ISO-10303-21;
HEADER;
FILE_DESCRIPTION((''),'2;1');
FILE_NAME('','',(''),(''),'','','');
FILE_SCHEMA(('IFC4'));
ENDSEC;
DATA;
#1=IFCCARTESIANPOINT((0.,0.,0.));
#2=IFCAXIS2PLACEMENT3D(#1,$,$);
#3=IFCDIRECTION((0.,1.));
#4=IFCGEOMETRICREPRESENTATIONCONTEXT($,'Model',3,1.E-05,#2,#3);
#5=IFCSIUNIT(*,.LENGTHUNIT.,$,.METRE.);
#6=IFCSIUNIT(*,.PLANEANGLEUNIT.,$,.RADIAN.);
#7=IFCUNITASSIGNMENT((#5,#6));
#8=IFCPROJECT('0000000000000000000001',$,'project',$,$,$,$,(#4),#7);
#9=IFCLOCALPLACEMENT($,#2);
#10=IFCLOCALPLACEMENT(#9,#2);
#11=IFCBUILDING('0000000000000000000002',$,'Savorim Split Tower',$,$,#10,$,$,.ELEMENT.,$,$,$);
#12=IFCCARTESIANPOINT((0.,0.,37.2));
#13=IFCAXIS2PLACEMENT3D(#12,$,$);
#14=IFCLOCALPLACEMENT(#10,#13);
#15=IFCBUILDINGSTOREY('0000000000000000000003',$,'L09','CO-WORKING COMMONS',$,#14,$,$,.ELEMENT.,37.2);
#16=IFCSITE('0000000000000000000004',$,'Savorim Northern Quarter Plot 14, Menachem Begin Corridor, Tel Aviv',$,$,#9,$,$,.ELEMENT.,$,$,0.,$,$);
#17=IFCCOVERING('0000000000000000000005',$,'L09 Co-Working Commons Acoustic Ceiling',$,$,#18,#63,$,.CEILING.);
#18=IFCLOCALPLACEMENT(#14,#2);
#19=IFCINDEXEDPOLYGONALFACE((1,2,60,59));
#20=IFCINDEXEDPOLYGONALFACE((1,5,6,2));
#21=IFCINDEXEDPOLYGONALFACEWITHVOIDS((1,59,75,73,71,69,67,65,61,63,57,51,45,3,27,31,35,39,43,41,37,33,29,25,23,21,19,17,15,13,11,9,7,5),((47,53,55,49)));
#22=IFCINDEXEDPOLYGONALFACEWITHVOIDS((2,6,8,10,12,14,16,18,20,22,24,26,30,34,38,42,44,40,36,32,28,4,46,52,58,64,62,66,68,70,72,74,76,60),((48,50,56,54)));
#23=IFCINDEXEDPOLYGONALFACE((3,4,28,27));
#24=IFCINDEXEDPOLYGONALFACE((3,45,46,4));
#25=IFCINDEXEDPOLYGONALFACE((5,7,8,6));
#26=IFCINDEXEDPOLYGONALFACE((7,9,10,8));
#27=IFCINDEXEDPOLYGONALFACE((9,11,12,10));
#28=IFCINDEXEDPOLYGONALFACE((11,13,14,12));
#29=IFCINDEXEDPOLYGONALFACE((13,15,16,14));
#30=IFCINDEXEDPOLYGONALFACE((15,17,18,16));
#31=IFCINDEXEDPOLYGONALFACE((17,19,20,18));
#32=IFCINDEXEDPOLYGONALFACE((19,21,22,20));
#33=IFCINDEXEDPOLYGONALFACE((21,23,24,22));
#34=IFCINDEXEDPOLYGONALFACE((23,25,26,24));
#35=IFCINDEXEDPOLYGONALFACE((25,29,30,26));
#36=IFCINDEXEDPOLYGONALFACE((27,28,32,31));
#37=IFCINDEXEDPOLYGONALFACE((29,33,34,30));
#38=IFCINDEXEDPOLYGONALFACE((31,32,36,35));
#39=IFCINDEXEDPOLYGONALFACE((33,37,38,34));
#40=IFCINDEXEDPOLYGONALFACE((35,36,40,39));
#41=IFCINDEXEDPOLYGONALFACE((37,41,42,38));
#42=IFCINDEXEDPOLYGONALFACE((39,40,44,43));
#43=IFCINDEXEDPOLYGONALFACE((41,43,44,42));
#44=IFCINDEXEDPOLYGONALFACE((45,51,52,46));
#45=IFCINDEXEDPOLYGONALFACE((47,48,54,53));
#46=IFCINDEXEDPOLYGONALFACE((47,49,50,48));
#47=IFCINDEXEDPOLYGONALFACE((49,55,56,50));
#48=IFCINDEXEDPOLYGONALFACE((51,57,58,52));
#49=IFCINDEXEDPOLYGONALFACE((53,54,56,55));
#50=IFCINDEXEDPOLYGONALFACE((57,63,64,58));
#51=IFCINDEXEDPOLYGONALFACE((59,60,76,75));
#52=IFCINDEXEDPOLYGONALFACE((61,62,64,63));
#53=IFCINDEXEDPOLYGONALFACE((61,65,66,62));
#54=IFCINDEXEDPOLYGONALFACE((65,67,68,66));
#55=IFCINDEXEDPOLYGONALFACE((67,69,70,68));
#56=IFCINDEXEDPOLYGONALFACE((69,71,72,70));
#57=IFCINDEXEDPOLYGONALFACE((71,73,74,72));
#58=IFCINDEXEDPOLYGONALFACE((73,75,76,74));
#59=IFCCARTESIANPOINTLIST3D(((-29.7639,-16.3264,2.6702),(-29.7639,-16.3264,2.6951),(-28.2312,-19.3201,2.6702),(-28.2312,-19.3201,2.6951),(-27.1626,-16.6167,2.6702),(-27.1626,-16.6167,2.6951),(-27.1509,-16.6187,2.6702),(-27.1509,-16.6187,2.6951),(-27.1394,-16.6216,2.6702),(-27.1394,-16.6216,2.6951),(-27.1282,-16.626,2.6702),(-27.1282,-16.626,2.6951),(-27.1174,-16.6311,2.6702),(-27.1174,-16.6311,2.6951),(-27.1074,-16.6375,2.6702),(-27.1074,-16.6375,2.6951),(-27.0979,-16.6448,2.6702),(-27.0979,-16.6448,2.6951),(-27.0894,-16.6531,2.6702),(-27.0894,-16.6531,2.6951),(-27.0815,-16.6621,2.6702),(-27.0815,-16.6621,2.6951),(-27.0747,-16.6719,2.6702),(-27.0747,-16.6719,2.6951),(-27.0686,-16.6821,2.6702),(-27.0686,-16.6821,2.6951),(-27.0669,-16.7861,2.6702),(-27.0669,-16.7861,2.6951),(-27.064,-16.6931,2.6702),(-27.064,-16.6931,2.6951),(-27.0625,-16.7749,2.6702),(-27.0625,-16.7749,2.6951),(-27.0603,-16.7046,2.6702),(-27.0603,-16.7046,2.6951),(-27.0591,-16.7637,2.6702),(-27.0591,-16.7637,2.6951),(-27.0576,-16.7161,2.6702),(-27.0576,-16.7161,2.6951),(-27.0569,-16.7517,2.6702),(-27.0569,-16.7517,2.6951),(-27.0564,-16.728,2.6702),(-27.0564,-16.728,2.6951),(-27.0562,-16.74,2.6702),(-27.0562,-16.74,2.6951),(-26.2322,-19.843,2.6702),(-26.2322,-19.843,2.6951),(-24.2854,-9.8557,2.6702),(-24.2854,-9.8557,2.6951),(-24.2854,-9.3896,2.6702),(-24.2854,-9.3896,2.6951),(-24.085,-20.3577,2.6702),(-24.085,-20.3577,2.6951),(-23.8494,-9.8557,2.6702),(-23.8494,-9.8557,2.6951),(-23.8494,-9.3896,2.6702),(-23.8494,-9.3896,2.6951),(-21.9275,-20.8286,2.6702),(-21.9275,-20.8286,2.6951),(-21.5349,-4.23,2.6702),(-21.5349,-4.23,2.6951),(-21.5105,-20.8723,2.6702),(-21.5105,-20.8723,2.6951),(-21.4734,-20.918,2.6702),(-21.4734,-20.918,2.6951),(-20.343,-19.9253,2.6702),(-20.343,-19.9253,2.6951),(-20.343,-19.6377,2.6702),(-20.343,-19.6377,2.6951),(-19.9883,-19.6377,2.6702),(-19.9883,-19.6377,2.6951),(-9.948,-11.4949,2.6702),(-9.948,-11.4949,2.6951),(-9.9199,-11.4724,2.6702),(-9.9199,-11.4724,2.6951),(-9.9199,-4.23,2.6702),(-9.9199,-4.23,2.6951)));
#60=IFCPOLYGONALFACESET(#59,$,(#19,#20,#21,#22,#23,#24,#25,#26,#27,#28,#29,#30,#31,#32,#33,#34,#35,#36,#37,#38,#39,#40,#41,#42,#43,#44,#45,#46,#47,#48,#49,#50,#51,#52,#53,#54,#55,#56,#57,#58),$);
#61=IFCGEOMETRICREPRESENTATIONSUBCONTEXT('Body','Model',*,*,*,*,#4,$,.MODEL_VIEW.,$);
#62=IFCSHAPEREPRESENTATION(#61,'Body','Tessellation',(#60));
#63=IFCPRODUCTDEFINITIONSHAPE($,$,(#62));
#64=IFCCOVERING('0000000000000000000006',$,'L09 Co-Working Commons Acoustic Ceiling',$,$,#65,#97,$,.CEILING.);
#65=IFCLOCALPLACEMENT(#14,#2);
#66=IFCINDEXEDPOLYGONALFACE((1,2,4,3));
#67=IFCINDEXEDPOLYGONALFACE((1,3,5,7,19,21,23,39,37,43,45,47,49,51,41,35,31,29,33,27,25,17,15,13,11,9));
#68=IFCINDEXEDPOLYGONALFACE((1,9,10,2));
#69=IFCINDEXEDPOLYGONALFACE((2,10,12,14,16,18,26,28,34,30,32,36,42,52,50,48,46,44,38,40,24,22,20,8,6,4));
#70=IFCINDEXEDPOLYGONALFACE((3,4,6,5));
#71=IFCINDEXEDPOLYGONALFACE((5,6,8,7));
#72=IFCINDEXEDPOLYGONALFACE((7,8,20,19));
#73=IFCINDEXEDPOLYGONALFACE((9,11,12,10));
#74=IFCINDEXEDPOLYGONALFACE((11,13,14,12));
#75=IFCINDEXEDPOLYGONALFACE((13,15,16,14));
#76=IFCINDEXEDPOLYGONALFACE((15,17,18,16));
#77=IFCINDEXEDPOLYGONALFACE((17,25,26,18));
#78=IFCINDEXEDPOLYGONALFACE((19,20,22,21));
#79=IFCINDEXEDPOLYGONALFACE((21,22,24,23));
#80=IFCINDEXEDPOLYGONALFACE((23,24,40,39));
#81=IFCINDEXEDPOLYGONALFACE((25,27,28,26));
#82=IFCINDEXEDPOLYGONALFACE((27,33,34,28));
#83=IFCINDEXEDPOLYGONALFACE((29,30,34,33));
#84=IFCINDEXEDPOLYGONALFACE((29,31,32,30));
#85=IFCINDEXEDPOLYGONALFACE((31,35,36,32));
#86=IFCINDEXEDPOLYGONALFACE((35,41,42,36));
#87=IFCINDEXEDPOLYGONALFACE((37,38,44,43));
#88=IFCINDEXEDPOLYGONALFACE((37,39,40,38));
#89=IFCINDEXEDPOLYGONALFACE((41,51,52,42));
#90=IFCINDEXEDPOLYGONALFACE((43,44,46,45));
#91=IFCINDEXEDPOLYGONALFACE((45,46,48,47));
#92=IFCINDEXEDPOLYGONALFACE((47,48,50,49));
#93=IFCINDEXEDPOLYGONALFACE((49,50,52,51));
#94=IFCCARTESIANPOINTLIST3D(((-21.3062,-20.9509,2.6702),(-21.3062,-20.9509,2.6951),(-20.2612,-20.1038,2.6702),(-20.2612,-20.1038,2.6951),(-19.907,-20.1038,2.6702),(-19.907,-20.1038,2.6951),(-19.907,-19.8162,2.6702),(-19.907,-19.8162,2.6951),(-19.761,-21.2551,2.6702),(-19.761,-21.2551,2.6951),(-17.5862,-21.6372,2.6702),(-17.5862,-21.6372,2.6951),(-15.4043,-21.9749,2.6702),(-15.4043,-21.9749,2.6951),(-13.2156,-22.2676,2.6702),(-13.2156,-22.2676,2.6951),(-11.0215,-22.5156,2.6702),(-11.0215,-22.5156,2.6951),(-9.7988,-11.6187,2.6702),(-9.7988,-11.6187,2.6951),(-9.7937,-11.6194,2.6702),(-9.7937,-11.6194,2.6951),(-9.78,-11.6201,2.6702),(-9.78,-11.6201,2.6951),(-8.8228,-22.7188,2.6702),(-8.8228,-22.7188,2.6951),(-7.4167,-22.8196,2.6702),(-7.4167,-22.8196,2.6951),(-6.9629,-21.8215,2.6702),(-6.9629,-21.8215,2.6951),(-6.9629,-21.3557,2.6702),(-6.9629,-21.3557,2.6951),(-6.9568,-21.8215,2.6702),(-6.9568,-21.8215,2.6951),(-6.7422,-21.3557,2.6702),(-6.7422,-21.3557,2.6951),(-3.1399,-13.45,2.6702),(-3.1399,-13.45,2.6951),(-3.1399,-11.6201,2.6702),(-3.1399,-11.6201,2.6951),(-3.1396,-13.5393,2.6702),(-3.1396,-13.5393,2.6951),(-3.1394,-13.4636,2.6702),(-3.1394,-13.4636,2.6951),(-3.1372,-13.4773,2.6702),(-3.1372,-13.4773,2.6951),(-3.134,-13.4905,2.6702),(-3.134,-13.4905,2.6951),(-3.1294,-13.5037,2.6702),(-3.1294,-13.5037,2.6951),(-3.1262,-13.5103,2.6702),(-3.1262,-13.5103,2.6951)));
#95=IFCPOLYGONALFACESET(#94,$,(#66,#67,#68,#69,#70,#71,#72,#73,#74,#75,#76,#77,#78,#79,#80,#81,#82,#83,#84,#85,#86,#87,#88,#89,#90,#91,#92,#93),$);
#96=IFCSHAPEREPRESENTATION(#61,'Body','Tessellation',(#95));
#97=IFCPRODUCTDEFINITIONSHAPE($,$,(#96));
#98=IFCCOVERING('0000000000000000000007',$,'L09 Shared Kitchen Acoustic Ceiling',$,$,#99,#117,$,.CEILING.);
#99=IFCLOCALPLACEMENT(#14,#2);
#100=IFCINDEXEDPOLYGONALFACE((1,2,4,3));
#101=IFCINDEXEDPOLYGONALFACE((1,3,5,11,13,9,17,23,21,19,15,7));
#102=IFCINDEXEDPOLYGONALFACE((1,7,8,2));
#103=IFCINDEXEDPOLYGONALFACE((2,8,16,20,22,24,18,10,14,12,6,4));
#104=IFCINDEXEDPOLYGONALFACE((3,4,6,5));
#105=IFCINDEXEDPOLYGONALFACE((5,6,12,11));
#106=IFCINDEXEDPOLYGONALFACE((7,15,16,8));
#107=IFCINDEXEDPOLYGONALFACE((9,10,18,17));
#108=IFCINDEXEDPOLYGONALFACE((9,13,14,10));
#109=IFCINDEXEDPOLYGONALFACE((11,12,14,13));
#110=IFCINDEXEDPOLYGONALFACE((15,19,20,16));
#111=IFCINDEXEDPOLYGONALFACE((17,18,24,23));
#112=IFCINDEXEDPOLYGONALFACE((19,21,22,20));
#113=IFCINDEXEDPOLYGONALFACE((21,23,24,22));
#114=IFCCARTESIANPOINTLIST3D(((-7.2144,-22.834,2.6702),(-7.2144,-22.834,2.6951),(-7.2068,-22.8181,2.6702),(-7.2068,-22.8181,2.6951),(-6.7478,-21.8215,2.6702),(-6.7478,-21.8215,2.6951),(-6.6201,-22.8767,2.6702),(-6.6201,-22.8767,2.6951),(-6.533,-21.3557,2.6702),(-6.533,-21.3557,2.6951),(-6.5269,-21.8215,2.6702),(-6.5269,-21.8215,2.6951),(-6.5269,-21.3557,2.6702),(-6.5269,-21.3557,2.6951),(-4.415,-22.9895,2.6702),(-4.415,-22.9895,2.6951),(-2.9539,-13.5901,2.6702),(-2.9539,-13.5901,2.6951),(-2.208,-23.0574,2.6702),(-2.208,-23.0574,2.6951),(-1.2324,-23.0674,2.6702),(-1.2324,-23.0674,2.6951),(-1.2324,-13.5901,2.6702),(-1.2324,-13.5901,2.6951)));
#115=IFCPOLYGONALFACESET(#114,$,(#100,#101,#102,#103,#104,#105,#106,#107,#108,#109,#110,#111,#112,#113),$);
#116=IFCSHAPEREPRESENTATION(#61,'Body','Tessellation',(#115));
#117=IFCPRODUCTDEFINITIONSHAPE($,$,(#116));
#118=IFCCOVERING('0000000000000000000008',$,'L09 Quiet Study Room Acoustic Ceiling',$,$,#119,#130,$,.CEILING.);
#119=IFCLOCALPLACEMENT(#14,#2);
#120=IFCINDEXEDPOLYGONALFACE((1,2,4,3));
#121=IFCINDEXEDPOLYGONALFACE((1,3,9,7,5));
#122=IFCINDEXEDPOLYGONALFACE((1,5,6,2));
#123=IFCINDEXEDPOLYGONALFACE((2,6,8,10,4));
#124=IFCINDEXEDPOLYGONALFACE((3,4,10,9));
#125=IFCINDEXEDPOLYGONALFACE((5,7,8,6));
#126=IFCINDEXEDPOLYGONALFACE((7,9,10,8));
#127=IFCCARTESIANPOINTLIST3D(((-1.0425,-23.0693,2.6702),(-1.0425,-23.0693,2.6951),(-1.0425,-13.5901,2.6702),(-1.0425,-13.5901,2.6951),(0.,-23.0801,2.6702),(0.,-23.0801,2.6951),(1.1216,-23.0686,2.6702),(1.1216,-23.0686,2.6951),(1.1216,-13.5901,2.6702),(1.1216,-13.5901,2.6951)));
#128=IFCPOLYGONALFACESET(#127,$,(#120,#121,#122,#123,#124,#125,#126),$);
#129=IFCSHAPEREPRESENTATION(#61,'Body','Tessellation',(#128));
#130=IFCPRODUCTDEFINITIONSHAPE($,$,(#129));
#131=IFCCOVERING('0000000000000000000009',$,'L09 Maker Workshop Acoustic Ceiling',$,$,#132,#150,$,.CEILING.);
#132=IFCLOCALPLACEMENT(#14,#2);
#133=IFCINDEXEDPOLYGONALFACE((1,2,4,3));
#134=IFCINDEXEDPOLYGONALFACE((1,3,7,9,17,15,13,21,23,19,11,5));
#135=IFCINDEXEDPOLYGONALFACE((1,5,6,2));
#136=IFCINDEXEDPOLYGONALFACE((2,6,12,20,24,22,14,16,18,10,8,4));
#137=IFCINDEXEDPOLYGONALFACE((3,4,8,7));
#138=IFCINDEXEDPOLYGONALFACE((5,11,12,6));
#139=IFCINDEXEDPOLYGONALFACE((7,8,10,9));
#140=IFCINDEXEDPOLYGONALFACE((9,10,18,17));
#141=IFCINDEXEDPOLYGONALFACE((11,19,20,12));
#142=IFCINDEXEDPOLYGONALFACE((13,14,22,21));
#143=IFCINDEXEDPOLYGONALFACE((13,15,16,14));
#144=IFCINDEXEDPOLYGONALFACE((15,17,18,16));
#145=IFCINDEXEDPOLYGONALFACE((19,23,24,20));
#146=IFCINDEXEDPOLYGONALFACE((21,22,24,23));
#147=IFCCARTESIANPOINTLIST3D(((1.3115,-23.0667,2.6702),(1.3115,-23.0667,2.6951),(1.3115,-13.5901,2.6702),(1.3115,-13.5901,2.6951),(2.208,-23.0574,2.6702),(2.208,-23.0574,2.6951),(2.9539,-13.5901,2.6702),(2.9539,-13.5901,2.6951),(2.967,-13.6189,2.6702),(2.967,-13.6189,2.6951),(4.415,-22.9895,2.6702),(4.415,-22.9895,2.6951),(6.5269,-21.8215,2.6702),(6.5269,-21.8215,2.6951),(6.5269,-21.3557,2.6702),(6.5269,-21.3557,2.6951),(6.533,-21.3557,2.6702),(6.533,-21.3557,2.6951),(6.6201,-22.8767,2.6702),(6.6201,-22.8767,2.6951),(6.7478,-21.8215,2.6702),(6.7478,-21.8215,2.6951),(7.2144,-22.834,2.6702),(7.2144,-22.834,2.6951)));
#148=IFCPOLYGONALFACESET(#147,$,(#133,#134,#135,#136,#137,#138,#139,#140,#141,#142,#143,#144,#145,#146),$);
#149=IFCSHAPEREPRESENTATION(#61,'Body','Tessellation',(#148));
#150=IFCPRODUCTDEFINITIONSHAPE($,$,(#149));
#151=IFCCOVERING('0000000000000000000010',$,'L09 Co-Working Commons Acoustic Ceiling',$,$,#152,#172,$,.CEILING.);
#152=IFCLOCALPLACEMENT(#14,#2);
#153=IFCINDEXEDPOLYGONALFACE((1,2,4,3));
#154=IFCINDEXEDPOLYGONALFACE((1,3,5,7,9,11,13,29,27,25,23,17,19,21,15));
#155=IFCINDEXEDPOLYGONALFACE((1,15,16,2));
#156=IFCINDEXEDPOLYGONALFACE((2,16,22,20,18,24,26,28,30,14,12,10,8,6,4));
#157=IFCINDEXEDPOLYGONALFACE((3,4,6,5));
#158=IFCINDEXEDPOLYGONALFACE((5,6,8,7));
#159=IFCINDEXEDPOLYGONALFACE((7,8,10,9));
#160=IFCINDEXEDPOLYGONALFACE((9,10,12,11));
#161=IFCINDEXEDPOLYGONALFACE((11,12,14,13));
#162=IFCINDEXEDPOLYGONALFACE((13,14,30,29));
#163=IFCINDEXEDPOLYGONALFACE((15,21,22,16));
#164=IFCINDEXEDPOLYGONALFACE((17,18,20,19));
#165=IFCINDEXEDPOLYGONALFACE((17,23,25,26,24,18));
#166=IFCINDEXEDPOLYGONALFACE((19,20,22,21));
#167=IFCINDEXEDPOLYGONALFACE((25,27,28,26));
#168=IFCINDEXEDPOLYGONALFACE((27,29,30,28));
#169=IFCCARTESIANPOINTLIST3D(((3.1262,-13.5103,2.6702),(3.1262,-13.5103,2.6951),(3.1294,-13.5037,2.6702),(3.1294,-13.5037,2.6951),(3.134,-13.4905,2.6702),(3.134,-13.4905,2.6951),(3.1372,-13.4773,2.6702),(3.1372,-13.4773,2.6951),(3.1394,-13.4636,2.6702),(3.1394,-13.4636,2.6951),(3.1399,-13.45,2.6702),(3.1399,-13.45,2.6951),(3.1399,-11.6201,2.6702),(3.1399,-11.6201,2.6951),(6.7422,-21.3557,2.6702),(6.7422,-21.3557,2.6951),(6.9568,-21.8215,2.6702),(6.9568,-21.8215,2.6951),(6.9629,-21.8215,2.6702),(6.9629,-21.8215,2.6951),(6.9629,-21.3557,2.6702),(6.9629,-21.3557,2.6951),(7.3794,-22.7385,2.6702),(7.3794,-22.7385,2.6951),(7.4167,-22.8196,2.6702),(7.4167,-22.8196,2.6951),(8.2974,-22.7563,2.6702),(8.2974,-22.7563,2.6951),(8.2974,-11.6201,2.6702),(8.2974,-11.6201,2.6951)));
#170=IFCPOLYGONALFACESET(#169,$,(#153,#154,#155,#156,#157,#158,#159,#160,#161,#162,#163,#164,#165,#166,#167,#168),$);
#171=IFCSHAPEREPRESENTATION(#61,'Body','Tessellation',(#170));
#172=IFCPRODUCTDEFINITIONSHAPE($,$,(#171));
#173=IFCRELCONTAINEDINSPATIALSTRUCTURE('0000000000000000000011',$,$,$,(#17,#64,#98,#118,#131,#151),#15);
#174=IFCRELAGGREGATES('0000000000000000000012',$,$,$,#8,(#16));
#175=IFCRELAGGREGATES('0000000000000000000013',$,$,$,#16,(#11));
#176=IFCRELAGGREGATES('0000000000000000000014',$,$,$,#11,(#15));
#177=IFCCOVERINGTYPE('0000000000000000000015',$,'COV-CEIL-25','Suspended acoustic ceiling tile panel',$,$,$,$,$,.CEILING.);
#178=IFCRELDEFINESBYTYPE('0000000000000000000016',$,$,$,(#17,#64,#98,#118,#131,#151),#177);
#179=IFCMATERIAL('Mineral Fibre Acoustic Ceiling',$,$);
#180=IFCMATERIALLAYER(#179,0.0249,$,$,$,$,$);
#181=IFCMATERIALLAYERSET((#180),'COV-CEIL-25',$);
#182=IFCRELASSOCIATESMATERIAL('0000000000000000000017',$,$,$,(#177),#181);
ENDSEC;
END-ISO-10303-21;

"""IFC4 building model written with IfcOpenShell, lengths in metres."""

from ifc_helpers import new_model, si_unit, direction, frame, origin, place, context, subcontext, project, spatial, polyline, outline, extrude, material, layer, layer_set, type_object, element, save


model = new_model("IFC4")

# Units and contexts
model_context = context("Model", 3, precision=1e-05, world=origin(), true_north=direction((0.0, 1.0)))
body_context = subcontext(model_context, "Body", "Model", "MODEL_VIEW")
ifc_project = project(units=[si_unit("LENGTHUNIT", "METRE"), si_unit("PLANEANGLEUNIT", "RADIAN")], contexts=[model_context])

# Site, building, storey
site_placement = place(None, origin())
site = spatial("IfcSite", under=ifc_project, at=site_placement, Name="Savorim Northern Quarter Plot 14, Menachem Begin Corridor, Tel Aviv", CompositionType="ELEMENT", RefElevation=0.0)
building_placement = place(site_placement, origin())
building = spatial("IfcBuilding", under=site, at=building_placement, Name="Savorim Split Tower", CompositionType="ELEMENT")
storey_placement = place(building_placement, frame((0.0, 0.0, 37.2)))
storey = spatial("IfcBuildingStorey", under=building, at=storey_placement, Name="L09", Description="CO-WORKING COMMONS", CompositionType="ELEMENT", Elevation=37.2)

# Coverings
ifc_material_1 = material(Name="Mineral Fibre Acoustic Ceiling")
ifc_layer_1 = layer(ifc_material_1, 0.0249)
ifc_layer_set_1 = layer_set([ifc_layer_1], Name="COV-CEIL-25")
covering_type_1 = type_object("IfcCoveringType", Name="COV-CEIL-25", Description="Suspended acoustic ceiling tile panel", PredefinedType="CEILING", material=ifc_layer_set_1)
covering_1_placement = place(storey_placement, frame((0.0, 0.0, 2.6702)))
element("IfcCovering", 1, at=covering_1_placement, inside=storey, type_object=covering_type_1, Name="L09 Co-Working Commons Acoustic Ceiling", PredefinedType="CEILING", context=body_context, shape_type="SweptSolid", body=[
    extrude(outline(polyline([(-27.0562, -16.74), (-27.0569, -16.7517), (-27.0591, -16.7637), (-27.0625, -16.7749), (-27.0669, -16.7861), (-28.2312, -19.3201), (-26.2322, -19.843), (-24.085, -20.3577), (-21.9275, -20.8286), (-21.4734, -20.918), (-21.5105, -20.8723), (-20.343, -19.9253), (-20.343, -19.6377), (-19.9883, -19.6377), (-9.948, -11.4949), (-9.9199, -11.4724), (-9.9199, -4.23), (-21.5349, -4.23), (-29.7639, -16.3264), (-27.1626, -16.6167), (-27.1509, -16.6187), (-27.1394, -16.6216), (-27.1282, -16.626), (-27.1174, -16.6311), (-27.1074, -16.6375), (-27.0979, -16.6448), (-27.0894, -16.6531), (-27.0815, -16.6621), (-27.0747, -16.6719), (-27.0686, -16.6821), (-27.064, -16.6931), (-27.0603, -16.7046), (-27.0576, -16.7161), (-27.0564, -16.728), (-27.0562, -16.74)]), holes=[polyline([(-24.2854, -9.8557), (-23.8494, -9.8557), (-23.8494, -9.3896), (-24.2854, -9.3896), (-24.2854, -9.8557)])]), origin(), (0.0, 0.0, 1.0), 0.0249),
])
covering_2_placement = place(storey_placement, frame((0.0, 0.0, 2.6702)))
element("IfcCovering", 2, at=covering_2_placement, inside=storey, type_object=covering_type_1, Name="L09 Co-Working Commons Acoustic Ceiling", PredefinedType="CEILING", context=body_context, shape_type="SweptSolid", body=[
    extrude(outline(polyline([(-15.4043, -21.9749), (-13.2156, -22.2676), (-11.0215, -22.5156), (-8.8228, -22.7188), (-7.4167, -22.8196), (-6.9568, -21.8215), (-6.9629, -21.8215), (-6.9629, -21.3557), (-6.7422, -21.3557), (-3.1396, -13.5393), (-3.1262, -13.5103), (-3.1294, -13.5037), (-3.134, -13.4905), (-3.1372, -13.4773), (-3.1394, -13.4636), (-3.1399, -13.45), (-3.1399, -11.6201), (-9.78, -11.6201), (-9.7937, -11.6194), (-9.7988, -11.6187), (-19.907, -19.8162), (-19.907, -20.1038), (-20.2612, -20.1038), (-21.3062, -20.9509), (-19.761, -21.2551), (-17.5862, -21.6372), (-15.4043, -21.9749)])), origin(), (0.0, 0.0, 1.0), 0.0249),
])
covering_3_placement = place(storey_placement, frame((0.0, 0.0, 2.6702)))
element("IfcCovering", 3, at=covering_3_placement, inside=storey, type_object=covering_type_1, Name="L09 Shared Kitchen Acoustic Ceiling", PredefinedType="CEILING", context=body_context, shape_type="SweptSolid", body=[
    extrude(outline(polyline([(-6.6201, -22.8767), (-4.415, -22.9895), (-2.208, -23.0574), (-1.2324, -23.0674), (-1.2324, -13.5901), (-2.9539, -13.5901), (-6.533, -21.3557), (-6.5269, -21.3557), (-6.5269, -21.8215), (-6.7478, -21.8215), (-7.2068, -22.8181), (-7.2144, -22.834), (-6.6201, -22.8767)])), origin(), (0.0, 0.0, 1.0), 0.0249),
])
covering_4_placement = place(storey_placement, frame((0.0, 0.0, 2.6702)))
element("IfcCovering", 4, at=covering_4_placement, inside=storey, type_object=covering_type_1, Name="L09 Quiet Study Room Acoustic Ceiling", PredefinedType="CEILING", context=body_context, shape_type="SweptSolid", body=[
    extrude(outline(polyline([(-1.0425, -13.5901), (-1.0425, -23.0693), (0.0, -23.0801), (1.1216, -23.0686), (1.1216, -13.5901), (-1.0425, -13.5901)])), origin(), (0.0, 0.0, 1.0), 0.0249),
])
covering_5_placement = place(storey_placement, frame((0.0, 0.0, 2.6702)))
element("IfcCovering", 5, at=covering_5_placement, inside=storey, type_object=covering_type_1, Name="L09 Maker Workshop Acoustic Ceiling", PredefinedType="CEILING", context=body_context, shape_type="SweptSolid", body=[
    extrude(outline(polyline([(1.3115, -23.0667), (2.208, -23.0574), (4.415, -22.9895), (6.6201, -22.8767), (7.2144, -22.834), (6.7478, -21.8215), (6.5269, -21.8215), (6.5269, -21.3557), (6.533, -21.3557), (2.967, -13.6189), (2.9539, -13.5901), (1.3115, -13.5901), (1.3115, -23.0667)])), origin(), (0.0, 0.0, 1.0), 0.0249),
])
covering_6_placement = place(storey_placement, frame((0.0, 0.0, 2.6702)))
element("IfcCovering", 6, at=covering_6_placement, inside=storey, type_object=covering_type_1, Name="L09 Co-Working Commons Acoustic Ceiling", PredefinedType="CEILING", context=body_context, shape_type="SweptSolid", body=[
    extrude(outline(polyline([(6.9568, -21.8215), (7.3794, -22.7385), (7.4167, -22.8196), (8.2974, -22.7563), (8.2974, -11.6201), (3.1399, -11.6201), (3.1399, -13.45), (3.1394, -13.4636), (3.1372, -13.4773), (3.134, -13.4905), (3.1294, -13.5037), (3.1262, -13.5103), (6.7422, -21.3557), (6.9629, -21.3557), (6.9629, -21.8215), (6.9568, -21.8215)])), origin(), (0.0, 0.0, 1.0), 0.0249),
])

save(model, "model.ifc")
